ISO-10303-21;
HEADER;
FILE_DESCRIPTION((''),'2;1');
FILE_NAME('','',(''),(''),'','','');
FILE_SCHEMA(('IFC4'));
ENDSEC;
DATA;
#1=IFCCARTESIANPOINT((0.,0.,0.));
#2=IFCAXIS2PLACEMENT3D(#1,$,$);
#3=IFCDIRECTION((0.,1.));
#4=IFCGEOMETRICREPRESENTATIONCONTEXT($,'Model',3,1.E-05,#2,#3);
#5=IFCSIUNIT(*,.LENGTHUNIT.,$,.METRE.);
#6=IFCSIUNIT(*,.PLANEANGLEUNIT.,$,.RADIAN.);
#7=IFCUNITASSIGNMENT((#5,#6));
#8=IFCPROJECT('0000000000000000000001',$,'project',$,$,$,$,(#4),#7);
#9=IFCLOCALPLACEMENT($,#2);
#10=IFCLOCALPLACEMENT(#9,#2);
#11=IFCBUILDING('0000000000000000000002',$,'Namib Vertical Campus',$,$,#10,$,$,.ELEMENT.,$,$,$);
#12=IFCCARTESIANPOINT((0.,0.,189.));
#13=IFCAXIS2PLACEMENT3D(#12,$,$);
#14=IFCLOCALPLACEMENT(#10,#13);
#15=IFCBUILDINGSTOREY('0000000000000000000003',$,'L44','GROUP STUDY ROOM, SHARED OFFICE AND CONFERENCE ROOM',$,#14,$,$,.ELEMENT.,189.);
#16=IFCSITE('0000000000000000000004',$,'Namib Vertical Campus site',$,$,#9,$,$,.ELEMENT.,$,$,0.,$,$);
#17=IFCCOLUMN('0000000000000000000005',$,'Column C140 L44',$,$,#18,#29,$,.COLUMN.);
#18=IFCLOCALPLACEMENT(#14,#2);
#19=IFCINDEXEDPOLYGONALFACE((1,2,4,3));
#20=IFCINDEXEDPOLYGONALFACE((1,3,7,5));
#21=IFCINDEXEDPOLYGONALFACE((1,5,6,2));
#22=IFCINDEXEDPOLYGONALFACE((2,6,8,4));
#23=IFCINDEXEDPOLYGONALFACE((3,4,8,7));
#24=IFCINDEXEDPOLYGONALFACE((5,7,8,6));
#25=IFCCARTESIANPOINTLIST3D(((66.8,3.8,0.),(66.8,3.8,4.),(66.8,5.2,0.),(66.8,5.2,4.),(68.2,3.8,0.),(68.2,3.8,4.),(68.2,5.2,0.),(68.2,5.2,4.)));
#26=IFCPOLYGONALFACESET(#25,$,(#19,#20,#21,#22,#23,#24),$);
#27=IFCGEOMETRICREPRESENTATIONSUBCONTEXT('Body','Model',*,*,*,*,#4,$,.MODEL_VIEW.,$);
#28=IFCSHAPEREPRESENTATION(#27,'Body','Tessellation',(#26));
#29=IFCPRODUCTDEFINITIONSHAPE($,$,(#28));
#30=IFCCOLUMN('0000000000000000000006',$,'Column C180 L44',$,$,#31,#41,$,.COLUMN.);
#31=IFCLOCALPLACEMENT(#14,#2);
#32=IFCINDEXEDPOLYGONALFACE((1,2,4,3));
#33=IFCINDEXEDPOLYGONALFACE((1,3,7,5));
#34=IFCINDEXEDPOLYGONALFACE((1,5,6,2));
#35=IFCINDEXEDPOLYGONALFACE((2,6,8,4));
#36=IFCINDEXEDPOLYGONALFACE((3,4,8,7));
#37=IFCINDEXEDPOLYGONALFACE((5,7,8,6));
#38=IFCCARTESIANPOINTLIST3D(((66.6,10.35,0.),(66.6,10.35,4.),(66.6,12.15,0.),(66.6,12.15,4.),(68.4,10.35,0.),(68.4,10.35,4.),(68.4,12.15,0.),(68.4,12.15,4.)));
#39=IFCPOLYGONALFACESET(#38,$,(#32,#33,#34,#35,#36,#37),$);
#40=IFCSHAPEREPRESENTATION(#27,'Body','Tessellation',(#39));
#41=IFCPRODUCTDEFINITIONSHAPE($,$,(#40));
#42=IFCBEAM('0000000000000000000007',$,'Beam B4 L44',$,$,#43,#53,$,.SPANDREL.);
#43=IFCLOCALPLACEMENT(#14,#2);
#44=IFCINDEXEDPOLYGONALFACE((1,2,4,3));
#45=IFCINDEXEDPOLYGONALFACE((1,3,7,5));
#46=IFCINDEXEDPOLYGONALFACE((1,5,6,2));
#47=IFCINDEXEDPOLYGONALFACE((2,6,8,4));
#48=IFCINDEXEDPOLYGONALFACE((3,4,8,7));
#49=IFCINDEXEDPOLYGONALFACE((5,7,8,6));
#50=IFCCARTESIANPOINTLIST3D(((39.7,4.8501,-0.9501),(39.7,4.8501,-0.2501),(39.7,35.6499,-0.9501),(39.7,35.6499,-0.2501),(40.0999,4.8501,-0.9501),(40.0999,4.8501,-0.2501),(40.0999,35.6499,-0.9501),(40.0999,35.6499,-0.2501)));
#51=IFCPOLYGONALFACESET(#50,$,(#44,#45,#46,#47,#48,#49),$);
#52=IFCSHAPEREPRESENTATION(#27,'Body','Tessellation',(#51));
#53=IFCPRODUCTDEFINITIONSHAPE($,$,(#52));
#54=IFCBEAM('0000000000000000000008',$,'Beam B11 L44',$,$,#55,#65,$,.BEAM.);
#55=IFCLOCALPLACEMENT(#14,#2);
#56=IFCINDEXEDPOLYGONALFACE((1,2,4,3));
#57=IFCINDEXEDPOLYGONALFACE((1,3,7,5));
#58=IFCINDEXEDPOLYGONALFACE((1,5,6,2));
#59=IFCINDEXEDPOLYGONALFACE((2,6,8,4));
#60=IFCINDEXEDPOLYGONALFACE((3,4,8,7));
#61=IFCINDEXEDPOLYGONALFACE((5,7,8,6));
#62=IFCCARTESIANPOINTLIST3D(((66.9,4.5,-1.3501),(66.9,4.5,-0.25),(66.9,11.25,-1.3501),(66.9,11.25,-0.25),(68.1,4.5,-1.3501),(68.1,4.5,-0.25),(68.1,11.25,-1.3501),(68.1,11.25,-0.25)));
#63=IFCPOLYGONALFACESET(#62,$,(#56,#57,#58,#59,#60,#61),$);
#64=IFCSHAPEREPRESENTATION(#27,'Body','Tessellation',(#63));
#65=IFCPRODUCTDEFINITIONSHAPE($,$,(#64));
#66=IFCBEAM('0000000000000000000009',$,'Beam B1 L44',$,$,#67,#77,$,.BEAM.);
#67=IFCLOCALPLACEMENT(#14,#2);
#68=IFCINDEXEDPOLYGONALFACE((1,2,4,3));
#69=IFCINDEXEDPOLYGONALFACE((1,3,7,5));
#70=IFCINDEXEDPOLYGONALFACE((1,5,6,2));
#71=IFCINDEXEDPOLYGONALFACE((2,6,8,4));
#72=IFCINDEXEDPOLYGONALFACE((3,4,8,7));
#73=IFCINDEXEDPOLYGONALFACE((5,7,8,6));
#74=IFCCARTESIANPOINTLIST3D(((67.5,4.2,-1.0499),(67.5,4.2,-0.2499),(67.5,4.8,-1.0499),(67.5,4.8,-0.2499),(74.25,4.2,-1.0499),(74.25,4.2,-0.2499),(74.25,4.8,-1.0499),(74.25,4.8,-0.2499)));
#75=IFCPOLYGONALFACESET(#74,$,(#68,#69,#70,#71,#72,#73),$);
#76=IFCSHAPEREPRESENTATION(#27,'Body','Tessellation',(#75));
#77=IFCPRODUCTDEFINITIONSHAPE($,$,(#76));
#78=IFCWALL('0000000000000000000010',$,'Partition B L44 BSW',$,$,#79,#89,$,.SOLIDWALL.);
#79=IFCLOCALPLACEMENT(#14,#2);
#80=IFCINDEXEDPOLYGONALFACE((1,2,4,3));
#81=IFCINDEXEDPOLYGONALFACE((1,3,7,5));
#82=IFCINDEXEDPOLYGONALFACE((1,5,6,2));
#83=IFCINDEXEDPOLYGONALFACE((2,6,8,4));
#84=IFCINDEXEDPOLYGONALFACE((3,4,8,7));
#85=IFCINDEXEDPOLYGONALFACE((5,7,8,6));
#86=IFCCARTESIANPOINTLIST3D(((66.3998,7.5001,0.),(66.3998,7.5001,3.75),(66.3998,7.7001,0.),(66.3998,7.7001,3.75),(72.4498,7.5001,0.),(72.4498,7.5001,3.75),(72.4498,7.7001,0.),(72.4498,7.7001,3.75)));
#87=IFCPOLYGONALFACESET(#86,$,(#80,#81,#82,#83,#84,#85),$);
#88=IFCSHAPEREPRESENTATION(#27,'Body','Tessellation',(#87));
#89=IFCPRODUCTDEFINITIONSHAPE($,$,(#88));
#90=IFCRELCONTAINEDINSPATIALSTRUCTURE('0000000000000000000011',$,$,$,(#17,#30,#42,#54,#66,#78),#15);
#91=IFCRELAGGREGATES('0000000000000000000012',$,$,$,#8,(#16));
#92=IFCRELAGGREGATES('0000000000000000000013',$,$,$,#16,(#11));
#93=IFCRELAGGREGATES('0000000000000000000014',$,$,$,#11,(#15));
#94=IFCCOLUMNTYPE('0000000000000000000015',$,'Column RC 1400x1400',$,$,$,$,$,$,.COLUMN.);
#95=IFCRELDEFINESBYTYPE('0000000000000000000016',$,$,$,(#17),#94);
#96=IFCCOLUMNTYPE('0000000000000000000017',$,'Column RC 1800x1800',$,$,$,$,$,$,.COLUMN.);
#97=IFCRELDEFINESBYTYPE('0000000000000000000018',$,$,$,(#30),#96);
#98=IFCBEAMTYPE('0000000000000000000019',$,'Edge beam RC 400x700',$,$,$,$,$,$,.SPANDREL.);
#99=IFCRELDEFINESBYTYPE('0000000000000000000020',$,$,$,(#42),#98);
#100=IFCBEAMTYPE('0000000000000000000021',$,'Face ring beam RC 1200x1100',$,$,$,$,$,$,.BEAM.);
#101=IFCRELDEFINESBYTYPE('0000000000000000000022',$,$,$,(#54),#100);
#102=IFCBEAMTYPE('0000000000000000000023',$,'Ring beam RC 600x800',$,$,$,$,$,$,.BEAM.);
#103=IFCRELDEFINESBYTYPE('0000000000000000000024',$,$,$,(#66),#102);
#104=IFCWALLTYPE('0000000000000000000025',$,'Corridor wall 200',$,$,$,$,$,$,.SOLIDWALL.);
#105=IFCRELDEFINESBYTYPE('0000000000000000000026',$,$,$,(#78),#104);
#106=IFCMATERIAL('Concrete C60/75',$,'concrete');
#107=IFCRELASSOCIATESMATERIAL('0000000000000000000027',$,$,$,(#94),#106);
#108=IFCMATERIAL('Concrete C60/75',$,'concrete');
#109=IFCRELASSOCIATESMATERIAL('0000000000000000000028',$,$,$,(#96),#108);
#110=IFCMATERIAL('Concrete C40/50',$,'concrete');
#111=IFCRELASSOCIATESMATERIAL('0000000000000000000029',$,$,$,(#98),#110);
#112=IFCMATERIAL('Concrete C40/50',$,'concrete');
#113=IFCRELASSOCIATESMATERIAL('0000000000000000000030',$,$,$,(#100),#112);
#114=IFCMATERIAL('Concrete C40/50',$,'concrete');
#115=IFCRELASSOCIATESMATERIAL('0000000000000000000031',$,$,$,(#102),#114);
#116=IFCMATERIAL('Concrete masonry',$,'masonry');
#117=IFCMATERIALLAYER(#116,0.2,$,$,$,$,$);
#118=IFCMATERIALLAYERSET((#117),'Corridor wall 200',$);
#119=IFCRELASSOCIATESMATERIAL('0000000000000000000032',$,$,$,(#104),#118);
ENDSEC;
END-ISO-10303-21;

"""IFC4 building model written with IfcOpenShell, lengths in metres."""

from ifc_helpers import new_model, si_unit, direction, frame, frame_2d, origin, origin_2d, place, context, subcontext, project, spatial, rectangle, extrude, material, layer, layer_set, material_profile, profile_set, type_object, element, save


model = new_model("IFC4")

# Units and contexts
model_context = context("Model", 3, precision=1e-05, world=origin(), true_north=direction((0.0, 1.0)))
body_context = subcontext(model_context, "Body", "Model", "MODEL_VIEW")
ifc_project = project(units=[si_unit("LENGTHUNIT", "METRE"), si_unit("PLANEANGLEUNIT", "RADIAN")], contexts=[model_context])

# Site, building, storey
site_placement = place(None, origin())
site = spatial("IfcSite", under=ifc_project, at=site_placement, Name="Namib Vertical Campus site", CompositionType="ELEMENT", RefElevation=0.0)
building_placement = place(site_placement, origin())
building = spatial("IfcBuilding", under=site, at=building_placement, Name="Namib Vertical Campus", CompositionType="ELEMENT")
storey_placement = place(building_placement, frame((0.0, 0.0, 189.0)))
storey = spatial("IfcBuildingStorey", under=building, at=storey_placement, Name="L44", Description="GROUP STUDY ROOM, SHARED OFFICE AND CONFERENCE ROOM", CompositionType="ELEMENT", Elevation=189.0)

# Columns
ifc_material_1 = material(Name="Concrete C60/75", Category="concrete")
ifc_material_profile_1 = material_profile(ifc_material_1, rectangle(XDim=1.3999, YDim=1.3999, at=origin_2d()))
ifc_profile_set_1 = profile_set([ifc_material_profile_1], Name="Concrete C60/75")
column_type_1 = type_object("IfcColumnType", Name="Column RC 1400x1400", PredefinedType="COLUMN", material=ifc_profile_set_1)
column_1_placement = place(storey_placement, frame((67.5, 4.5, 0.0), z_axis=(0.0, 0.0, 1.0), x_axis=(1.0, 0.0, 0.0)))
element("IfcColumn", 1, at=column_1_placement, inside=storey, type_object=column_type_1, Name="Column C140 L44", PredefinedType="COLUMN", context=body_context, shape_type="SweptSolid", body=[
    extrude(rectangle(XDim=1.3999, YDim=1.3999, at=origin_2d()), origin(), (0.0, 0.0, 1.0), 4.0),
])
ifc_material_2 = material(Name="Concrete C60/75", Category="concrete")
ifc_material_profile_2 = material_profile(ifc_material_2, rectangle(XDim=1.8, YDim=1.8, at=origin_2d()))
ifc_profile_set_2 = profile_set([ifc_material_profile_2], Name="Concrete C60/75")
column_type_2 = type_object("IfcColumnType", Name="Column RC 1800x1800", PredefinedType="COLUMN", material=ifc_profile_set_2)
column_2_placement = place(storey_placement, frame((67.5, 11.25, 0.0), z_axis=(0.0, 0.0, 1.0), x_axis=(1.0, 0.0, 0.0)))
element("IfcColumn", 2, at=column_2_placement, inside=storey, type_object=column_type_2, Name="Column C180 L44", PredefinedType="COLUMN", context=body_context, shape_type="SweptSolid", body=[
    extrude(rectangle(XDim=1.8, YDim=1.8, at=origin_2d()), origin(), (0.0, 0.0, 1.0), 4.0),
])

# Beams
ifc_material_3 = material(Name="Concrete C40/50", Category="concrete")
ifc_material_profile_3 = material_profile(ifc_material_3, rectangle(XDim=0.3999, YDim=0.7, at=origin_2d()))
ifc_profile_set_3 = profile_set([ifc_material_profile_3], Name="Concrete C40/50")
beam_type_1 = type_object("IfcBeamType", Name="Edge beam RC 400x700", PredefinedType="SPANDREL", material=ifc_profile_set_3)
beam_1_placement = place(storey_placement, frame((39.8999, 4.8501, -0.6001), z_axis=(0.0, 1.0, 0.0), x_axis=(-1.0, 0.0, 0.0)))
element("IfcBeam", 3, at=beam_1_placement, inside=storey, type_object=beam_type_1, Name="Beam B4 L44", PredefinedType="SPANDREL", context=body_context, shape_type="SweptSolid", body=[
    extrude(rectangle(XDim=0.3999, YDim=0.7, at=origin_2d()), origin(), (0.0, 0.0, 1.0), 30.7998),
])
ifc_material_4 = material(Name="Concrete C40/50", Category="concrete")
ifc_material_profile_4 = material_profile(ifc_material_4, rectangle(XDim=1.2, YDim=1.1001, at=origin_2d()))
ifc_profile_set_4 = profile_set([ifc_material_profile_4], Name="Concrete C40/50")
beam_type_2 = type_object("IfcBeamType", Name="Face ring beam RC 1200x1100", PredefinedType="BEAM", material=ifc_profile_set_4)
beam_2_placement = place(storey_placement, frame((67.5, 4.5, -0.8), z_axis=(0.0, 1.0, 0.0), x_axis=(-1.0, 0.0, 0.0)))
element("IfcBeam", 4, at=beam_2_placement, inside=storey, type_object=beam_type_2, Name="Beam B11 L44", PredefinedType="BEAM", context=body_context, shape_type="SweptSolid", body=[
    extrude(rectangle(XDim=1.2, YDim=1.1001, at=origin_2d()), origin(), (0.0, 0.0, 1.0), 6.75),
])
ifc_material_5 = material(Name="Concrete C40/50", Category="concrete")
ifc_material_profile_5 = material_profile(ifc_material_5, rectangle(XDim=0.6001, YDim=0.8, at=origin_2d()))
ifc_profile_set_5 = profile_set([ifc_material_profile_5], Name="Concrete C40/50")
beam_type_3 = type_object("IfcBeamType", Name="Ring beam RC 600x800", PredefinedType="BEAM", material=ifc_profile_set_5)
beam_3_placement = place(storey_placement, frame((67.5, 4.5, -0.6499), z_axis=(1.0, 0.0, 0.0), x_axis=(0.0, 1.0, 0.0)))
element("IfcBeam", 5, at=beam_3_placement, inside=storey, type_object=beam_type_3, Name="Beam B1 L44", PredefinedType="BEAM", context=body_context, shape_type="SweptSolid", body=[
    extrude(rectangle(XDim=0.6001, YDim=0.8, at=origin_2d()), origin(), (0.0, 0.0, 1.0), 6.75),
])

# Wall
ifc_material_6 = material(Name="Concrete masonry", Category="masonry")
ifc_layer_1 = layer(ifc_material_6, 0.2)
ifc_layer_set_1 = layer_set([ifc_layer_1], Name="Corridor wall 200")
wall_type_1 = type_object("IfcWallType", Name="Corridor wall 200", PredefinedType="SOLIDWALL", material=ifc_layer_set_1)
wall_1_placement = place(storey_placement, frame((66.3999, 7.6001, 0.0), z_axis=(0.0, 0.0, 1.0), x_axis=(1.0, 0.0, 0.0)))
element("IfcWall", 6, at=wall_1_placement, inside=storey, type_object=wall_type_1, Name="Partition B L44 BSW", PredefinedType="SOLIDWALL", context=body_context, shape_type="SweptSolid", body=[
    extrude(rectangle(XDim=6.05, YDim=0.2, at=frame_2d((3.0249, 0.0))), origin(), (0.0, 0.0, 1.0), 3.75),
])

save(model, "model.ifc")
